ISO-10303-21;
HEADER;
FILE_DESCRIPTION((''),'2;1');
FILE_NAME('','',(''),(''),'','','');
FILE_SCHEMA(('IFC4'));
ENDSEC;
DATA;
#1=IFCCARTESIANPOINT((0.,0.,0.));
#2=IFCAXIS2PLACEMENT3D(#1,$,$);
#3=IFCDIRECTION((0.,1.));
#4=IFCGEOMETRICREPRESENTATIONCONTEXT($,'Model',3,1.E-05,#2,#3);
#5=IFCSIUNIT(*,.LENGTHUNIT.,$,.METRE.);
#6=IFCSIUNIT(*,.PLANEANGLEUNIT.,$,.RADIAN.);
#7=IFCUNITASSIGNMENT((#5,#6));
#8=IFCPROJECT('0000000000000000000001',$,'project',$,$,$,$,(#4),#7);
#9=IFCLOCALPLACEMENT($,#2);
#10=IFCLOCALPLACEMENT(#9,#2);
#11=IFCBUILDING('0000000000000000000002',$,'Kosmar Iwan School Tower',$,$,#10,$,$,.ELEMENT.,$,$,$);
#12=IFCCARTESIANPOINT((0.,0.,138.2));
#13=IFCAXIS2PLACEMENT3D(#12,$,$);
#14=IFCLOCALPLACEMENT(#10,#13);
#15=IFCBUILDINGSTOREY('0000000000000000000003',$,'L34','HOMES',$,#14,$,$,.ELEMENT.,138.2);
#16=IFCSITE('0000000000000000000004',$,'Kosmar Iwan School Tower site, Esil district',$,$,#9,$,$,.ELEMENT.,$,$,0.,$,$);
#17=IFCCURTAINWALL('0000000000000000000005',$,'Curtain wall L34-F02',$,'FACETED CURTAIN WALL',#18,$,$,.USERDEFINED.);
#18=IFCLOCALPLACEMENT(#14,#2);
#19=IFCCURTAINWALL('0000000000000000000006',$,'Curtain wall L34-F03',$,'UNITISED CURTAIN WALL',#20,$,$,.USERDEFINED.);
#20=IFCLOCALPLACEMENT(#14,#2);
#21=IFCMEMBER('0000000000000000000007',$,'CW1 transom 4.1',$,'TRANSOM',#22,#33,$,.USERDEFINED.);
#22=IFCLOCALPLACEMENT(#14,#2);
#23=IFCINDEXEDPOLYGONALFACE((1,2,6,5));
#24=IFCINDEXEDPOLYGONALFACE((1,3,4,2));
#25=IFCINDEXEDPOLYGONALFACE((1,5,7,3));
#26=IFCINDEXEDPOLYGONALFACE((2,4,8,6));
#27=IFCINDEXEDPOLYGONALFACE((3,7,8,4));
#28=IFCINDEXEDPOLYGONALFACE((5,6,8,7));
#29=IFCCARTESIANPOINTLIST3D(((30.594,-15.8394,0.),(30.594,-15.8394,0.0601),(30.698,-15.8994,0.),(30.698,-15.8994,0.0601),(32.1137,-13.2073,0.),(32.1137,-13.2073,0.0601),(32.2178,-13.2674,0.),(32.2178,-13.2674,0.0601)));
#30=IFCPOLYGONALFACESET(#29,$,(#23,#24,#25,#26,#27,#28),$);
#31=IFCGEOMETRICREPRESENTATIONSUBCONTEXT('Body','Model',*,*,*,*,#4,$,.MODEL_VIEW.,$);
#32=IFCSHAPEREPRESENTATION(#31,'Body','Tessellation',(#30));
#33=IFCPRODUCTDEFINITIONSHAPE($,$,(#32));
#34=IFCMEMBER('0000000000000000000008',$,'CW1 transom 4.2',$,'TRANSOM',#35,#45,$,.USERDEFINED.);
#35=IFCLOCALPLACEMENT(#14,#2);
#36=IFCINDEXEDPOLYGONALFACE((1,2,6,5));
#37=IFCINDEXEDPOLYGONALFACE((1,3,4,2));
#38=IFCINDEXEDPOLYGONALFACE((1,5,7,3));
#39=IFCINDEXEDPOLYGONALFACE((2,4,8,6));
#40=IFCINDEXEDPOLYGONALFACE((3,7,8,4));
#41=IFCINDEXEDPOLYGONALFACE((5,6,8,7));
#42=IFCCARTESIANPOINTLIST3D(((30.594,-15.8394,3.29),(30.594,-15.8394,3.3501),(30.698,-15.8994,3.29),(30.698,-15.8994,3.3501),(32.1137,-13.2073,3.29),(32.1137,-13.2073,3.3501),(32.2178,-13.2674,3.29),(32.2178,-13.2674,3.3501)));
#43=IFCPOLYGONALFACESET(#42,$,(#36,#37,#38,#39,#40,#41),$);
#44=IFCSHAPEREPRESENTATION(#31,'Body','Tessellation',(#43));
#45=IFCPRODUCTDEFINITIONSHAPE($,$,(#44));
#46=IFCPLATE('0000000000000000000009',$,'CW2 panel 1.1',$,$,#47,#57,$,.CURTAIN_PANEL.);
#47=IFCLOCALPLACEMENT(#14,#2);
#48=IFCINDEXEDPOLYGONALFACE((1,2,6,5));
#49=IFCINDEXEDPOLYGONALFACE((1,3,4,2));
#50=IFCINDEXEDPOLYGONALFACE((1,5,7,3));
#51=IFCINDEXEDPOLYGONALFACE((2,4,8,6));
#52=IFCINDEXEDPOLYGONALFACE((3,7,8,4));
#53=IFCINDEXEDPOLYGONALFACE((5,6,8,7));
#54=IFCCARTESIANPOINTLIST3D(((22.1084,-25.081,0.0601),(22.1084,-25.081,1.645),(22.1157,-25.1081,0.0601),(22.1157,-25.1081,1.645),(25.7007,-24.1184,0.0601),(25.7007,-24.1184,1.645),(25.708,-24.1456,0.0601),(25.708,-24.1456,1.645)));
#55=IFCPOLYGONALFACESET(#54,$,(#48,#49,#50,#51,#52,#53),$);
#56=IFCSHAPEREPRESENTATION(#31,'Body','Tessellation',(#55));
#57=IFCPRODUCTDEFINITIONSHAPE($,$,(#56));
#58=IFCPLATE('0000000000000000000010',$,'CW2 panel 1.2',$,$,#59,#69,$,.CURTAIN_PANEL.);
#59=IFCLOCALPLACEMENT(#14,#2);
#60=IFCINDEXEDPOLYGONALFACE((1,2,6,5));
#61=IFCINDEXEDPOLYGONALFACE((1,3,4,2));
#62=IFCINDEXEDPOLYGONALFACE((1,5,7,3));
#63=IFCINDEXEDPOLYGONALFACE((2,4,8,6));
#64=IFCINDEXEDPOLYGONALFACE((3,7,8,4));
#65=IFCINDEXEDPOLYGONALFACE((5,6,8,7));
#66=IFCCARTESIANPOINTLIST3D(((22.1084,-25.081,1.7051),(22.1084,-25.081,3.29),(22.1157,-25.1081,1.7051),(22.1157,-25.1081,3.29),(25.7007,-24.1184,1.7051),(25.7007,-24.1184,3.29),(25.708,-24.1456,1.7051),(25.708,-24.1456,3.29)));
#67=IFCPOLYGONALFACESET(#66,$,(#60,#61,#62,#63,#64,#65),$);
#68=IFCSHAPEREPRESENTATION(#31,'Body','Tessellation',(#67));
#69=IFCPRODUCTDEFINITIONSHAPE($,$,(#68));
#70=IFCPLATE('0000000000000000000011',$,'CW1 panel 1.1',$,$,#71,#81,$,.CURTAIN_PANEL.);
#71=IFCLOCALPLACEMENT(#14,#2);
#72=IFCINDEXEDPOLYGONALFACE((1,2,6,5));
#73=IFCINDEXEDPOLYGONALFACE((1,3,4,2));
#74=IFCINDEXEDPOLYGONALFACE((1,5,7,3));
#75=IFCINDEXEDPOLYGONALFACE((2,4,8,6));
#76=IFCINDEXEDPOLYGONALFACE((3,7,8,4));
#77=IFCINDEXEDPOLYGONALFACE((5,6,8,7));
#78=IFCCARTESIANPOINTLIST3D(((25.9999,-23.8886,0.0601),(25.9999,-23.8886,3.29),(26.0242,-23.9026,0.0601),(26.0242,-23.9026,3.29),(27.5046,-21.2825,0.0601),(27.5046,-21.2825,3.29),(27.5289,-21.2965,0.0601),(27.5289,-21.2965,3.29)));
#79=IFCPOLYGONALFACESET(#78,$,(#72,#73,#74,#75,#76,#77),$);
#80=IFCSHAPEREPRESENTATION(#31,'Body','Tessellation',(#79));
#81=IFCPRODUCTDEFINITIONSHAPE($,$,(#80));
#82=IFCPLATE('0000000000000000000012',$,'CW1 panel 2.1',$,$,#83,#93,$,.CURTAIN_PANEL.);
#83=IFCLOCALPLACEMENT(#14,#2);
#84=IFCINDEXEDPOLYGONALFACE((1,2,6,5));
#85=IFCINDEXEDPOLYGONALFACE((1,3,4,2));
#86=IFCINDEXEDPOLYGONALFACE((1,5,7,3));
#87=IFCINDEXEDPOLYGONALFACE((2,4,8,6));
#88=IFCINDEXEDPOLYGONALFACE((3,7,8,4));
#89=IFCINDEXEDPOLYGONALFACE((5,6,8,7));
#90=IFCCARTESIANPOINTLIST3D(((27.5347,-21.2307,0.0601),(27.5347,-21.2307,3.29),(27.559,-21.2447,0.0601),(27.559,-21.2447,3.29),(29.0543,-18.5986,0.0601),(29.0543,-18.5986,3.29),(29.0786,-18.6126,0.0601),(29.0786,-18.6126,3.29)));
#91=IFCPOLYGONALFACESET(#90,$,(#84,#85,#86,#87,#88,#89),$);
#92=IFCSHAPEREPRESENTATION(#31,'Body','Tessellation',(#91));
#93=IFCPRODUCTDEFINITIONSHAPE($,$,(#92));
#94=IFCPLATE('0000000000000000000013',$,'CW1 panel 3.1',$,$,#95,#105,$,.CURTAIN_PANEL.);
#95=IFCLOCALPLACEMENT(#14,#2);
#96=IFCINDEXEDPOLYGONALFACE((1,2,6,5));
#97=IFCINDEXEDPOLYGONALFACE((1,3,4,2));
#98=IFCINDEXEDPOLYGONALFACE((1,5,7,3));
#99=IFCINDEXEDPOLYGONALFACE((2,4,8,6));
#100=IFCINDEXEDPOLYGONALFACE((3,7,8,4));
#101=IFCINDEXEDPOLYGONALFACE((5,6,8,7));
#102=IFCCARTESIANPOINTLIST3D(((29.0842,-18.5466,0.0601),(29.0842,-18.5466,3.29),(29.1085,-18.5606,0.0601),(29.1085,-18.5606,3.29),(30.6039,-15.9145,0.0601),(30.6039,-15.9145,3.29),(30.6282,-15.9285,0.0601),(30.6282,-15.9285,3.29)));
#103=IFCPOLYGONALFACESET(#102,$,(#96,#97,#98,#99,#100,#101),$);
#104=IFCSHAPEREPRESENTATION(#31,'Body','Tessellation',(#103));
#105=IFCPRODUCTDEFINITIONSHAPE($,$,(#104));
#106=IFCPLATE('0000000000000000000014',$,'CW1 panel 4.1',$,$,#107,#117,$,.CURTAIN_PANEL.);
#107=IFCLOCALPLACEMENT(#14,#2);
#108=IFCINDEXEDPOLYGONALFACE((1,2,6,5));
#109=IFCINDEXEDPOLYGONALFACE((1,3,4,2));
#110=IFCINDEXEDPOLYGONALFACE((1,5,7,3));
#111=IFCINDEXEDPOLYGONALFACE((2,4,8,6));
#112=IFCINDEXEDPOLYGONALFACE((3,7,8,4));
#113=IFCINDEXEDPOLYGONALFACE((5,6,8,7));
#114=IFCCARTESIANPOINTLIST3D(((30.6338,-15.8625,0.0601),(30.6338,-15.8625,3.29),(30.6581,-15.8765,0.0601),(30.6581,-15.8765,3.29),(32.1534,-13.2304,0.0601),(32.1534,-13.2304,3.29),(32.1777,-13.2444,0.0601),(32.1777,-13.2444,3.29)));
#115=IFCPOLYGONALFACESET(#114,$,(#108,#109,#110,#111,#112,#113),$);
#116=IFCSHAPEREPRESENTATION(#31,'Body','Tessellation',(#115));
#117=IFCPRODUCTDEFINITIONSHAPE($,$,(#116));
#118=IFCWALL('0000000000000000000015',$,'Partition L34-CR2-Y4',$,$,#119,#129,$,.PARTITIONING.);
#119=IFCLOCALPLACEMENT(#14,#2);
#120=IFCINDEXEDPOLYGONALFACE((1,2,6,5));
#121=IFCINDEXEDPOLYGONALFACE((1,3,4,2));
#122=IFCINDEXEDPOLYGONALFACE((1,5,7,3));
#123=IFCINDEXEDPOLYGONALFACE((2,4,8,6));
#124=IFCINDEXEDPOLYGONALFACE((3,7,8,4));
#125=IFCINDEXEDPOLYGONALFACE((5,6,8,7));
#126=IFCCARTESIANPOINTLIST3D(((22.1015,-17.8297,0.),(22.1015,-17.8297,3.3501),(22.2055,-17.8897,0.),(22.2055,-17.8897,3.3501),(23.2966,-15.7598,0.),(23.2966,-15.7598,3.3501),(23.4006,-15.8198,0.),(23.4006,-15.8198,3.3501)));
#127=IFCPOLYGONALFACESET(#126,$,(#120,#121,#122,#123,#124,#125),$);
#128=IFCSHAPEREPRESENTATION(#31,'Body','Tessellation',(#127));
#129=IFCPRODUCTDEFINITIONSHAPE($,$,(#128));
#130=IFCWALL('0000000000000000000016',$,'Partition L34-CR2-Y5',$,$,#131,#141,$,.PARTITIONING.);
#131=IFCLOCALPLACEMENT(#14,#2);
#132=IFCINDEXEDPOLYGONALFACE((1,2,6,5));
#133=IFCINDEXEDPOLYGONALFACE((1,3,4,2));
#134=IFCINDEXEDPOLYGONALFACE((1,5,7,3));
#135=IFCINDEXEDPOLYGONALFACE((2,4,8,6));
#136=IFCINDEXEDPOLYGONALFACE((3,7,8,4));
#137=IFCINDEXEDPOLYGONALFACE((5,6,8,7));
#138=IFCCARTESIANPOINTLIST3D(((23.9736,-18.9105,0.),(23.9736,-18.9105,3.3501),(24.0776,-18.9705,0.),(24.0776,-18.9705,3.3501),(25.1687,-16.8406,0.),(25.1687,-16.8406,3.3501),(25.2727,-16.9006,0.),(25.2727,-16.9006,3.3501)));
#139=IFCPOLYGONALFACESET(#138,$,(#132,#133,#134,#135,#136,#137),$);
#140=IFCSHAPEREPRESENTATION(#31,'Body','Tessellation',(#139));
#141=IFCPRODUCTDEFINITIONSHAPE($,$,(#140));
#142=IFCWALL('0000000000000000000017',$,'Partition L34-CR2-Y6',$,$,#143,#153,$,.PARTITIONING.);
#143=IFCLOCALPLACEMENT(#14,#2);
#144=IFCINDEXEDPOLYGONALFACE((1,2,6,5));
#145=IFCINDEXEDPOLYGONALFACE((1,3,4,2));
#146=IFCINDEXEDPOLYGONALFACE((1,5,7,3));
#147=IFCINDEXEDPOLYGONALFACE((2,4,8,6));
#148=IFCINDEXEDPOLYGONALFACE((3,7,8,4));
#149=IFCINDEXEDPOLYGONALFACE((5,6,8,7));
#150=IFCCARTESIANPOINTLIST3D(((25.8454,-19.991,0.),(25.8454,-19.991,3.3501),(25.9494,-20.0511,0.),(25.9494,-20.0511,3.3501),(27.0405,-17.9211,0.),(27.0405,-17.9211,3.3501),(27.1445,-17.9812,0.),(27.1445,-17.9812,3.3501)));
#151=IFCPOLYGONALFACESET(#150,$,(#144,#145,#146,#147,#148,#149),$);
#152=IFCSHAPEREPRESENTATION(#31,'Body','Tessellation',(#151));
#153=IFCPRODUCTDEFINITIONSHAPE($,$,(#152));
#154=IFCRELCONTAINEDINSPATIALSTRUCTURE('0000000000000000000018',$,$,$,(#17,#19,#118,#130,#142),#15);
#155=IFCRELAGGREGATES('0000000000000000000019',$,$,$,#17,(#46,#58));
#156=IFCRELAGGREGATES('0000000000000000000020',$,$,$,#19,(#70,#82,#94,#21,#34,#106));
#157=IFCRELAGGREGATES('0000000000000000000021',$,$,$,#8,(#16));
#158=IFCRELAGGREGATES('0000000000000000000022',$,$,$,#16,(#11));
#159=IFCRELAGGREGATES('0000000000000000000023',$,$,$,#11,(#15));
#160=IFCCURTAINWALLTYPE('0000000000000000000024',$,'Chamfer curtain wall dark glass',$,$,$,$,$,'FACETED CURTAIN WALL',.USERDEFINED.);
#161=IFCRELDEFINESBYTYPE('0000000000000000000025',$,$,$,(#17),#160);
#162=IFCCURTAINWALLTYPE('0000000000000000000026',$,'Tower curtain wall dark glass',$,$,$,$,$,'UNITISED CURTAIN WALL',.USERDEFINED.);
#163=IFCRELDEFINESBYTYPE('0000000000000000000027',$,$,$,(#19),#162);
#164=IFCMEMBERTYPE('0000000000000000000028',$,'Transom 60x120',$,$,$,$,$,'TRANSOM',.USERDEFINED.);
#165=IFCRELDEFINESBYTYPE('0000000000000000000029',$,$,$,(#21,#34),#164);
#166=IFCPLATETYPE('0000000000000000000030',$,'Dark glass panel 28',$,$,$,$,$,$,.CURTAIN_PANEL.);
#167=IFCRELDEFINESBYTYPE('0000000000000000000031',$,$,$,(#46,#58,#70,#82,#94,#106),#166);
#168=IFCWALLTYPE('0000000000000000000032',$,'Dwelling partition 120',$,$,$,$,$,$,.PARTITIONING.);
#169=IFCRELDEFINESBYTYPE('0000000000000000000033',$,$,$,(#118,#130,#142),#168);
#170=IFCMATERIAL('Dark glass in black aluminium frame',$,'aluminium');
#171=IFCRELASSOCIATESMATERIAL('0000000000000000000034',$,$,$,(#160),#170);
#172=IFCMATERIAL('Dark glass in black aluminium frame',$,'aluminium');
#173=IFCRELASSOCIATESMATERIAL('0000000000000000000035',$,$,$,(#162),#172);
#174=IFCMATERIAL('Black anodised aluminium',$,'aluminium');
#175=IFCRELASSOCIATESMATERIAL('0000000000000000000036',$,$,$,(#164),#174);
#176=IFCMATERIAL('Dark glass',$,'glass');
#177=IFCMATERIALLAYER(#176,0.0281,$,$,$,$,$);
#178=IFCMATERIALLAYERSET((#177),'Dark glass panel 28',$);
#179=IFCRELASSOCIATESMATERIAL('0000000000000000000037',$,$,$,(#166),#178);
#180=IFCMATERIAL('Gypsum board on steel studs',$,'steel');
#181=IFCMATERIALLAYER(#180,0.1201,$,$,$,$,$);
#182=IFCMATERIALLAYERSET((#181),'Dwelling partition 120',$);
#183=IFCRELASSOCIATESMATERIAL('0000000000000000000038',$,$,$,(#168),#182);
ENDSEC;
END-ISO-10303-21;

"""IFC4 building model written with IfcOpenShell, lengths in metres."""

from ifc_helpers import new_model, si_unit, direction, frame, frame_2d, origin, origin_2d, place, context, subcontext, project, spatial, rectangle, extrude, material, layer, layer_set, material_profile, profile_set, type_object, element, aggregate, save


model = new_model("IFC4")

# Units and contexts
model_context = context("Model", 3, precision=1e-05, world=origin(), true_north=direction((0.0, 1.0)))
body_context = subcontext(model_context, "Body", "Model", "MODEL_VIEW")
ifc_project = project(units=[si_unit("LENGTHUNIT", "METRE"), si_unit("PLANEANGLEUNIT", "RADIAN")], contexts=[model_context])

# Site, building, storey
site_placement = place(None, origin())
site = spatial("IfcSite", under=ifc_project, at=site_placement, Name="Kosmar Iwan School Tower site, Esil district", CompositionType="ELEMENT", RefElevation=0.0)
building_placement = place(site_placement, origin())
building = spatial("IfcBuilding", under=site, at=building_placement, Name="Kosmar Iwan School Tower", CompositionType="ELEMENT")
storey_placement = place(building_placement, frame((0.0, 0.0, 138.2)))
storey = spatial("IfcBuildingStorey", under=building, at=storey_placement, Name="L34", Description="HOMES", CompositionType="ELEMENT", Elevation=138.2)

# Curtain wall
ifc_material_1 = material(Name="Dark glass in black aluminium frame", Category="aluminium")
curtain_wall_type_1 = type_object("IfcCurtainWallType", Name="Chamfer curtain wall dark glass", ElementType="FACETED CURTAIN WALL", PredefinedType="USERDEFINED", material=ifc_material_1)
curtain_wall_1_placement = place(storey_placement, origin())
curtain_wall_1 = element("IfcCurtainWall", 1, at=curtain_wall_1_placement, inside=storey, type_object=curtain_wall_type_1, Name="Curtain wall L34-F02", ObjectType="FACETED CURTAIN WALL", PredefinedType="USERDEFINED")

# Curtain wall
ifc_material_2 = material(Name="Dark glass in black aluminium frame", Category="aluminium")
curtain_wall_type_2 = type_object("IfcCurtainWallType", Name="Tower curtain wall dark glass", ElementType="UNITISED CURTAIN WALL", PredefinedType="USERDEFINED", material=ifc_material_2)
curtain_wall_2_placement = place(storey_placement, origin())
curtain_wall_2 = element("IfcCurtainWall", 2, at=curtain_wall_2_placement, inside=storey, type_object=curtain_wall_type_2, Name="Curtain wall L34-F03", ObjectType="UNITISED CURTAIN WALL", PredefinedType="USERDEFINED")

# Members
ifc_material_3 = material(Name="Black anodised aluminium", Category="aluminium")
ifc_material_profile_1 = material_profile(ifc_material_3, rectangle(XDim=0.1201, YDim=0.0601, at=origin_2d()), Name="TRANSOM 60x120")
ifc_profile_set_1 = profile_set([ifc_material_profile_1], Name="Black anodised aluminium")
member_type_1 = type_object("IfcMemberType", Name="Transom 60x120", ElementType="TRANSOM", PredefinedType="USERDEFINED", material=ifc_profile_set_1)
member_1_placement = place(storey_placement, frame((30.646, -15.8694, 0.03), z_axis=(0.500035, 0.866005, 0.0), x_axis=(-0.866005, 0.500035, 0.0)))
member_1 = element("IfcMember", 3, at=member_1_placement, type_object=member_type_1, Name="CW1 transom 4.1", ObjectType="TRANSOM", PredefinedType="USERDEFINED", context=body_context, shape_type="SweptSolid", body=[
    extrude(rectangle(XDim=0.1201, YDim=0.0601, at=origin_2d()), origin(), (0.0, 0.0, 1.0), 3.0393),
])
member_2_placement = place(storey_placement, frame((30.646, -15.8694, 3.3201), z_axis=(0.500035, 0.866005, 0.0), x_axis=(-0.866005, 0.500035, 0.0)))
member_2 = element("IfcMember", 4, at=member_2_placement, type_object=member_type_1, Name="CW1 transom 4.2", ObjectType="TRANSOM", PredefinedType="USERDEFINED", context=body_context, shape_type="SweptSolid", body=[
    extrude(rectangle(XDim=0.1201, YDim=0.0601, at=origin_2d()), origin(), (0.0, 0.0, 1.0), 3.0393),
])

# Plates
ifc_material_4 = material(Name="Dark glass", Category="glass")
ifc_layer_1 = layer(ifc_material_4, 0.0281)
ifc_layer_set_1 = layer_set([ifc_layer_1], Name="Dark glass panel 28")
plate_type = type_object("IfcPlateType", Name="Dark glass panel 28", PredefinedType="CURTAIN_PANEL", material=ifc_layer_set_1)
plate_1_placement = place(storey_placement, frame((23.9082, -24.6133, 0.0601), z_axis=(0.0, 0.0, 1.0), x_axis=(0.965926, 0.258819, 0.0)))
plate_1 = element("IfcPlate", 5, at=plate_1_placement, type_object=plate_type, Name="CW2 panel 1.1", PredefinedType="CURTAIN_PANEL", context=body_context, shape_type="SweptSolid", body=[
    extrude(rectangle(XDim=3.719, YDim=0.0281, at=origin_2d()), origin(), (0.0, 0.0, 1.0), 1.585),
])
plate_2_placement = place(storey_placement, frame((23.9082, -24.6133, 1.7051), z_axis=(0.0, 0.0, 1.0), x_axis=(0.965926, 0.258819, 0.0)))
plate_2 = element("IfcPlate", 6, at=plate_2_placement, type_object=plate_type, Name="CW2 panel 1.2", PredefinedType="CURTAIN_PANEL", context=body_context, shape_type="SweptSolid", body=[
    extrude(rectangle(XDim=3.719, YDim=0.0281, at=origin_2d()), origin(), (0.0, 0.0, 1.0), 1.585),
])
aggregate(curtain_wall_1, [plate_1, plate_2])
plate_3_placement = place(storey_placement, frame((26.7644, -22.5925, 0.0601), z_axis=(0.0, 0.0, 1.0), x_axis=(0.5, 0.866025, 0.0)))
plate_3 = element("IfcPlate", 7, at=plate_3_placement, type_object=plate_type, Name="CW1 panel 1.1", PredefinedType="CURTAIN_PANEL", context=body_context, shape_type="SweptSolid", body=[
    extrude(rectangle(XDim=3.0093, YDim=0.0281, at=origin_2d()), origin(), (0.0, 0.0, 1.0), 3.23),
])
plate_4_placement = place(storey_placement, frame((28.3066, -19.9216, 0.0601), z_axis=(0.0, 0.0, 1.0), x_axis=(0.5, 0.866025, 0.0)))
plate_4 = element("IfcPlate", 8, at=plate_4_placement, type_object=plate_type, Name="CW1 panel 2.1", PredefinedType="CURTAIN_PANEL", context=body_context, shape_type="SweptSolid", body=[
    extrude(rectangle(XDim=3.0393, YDim=0.0281, at=origin_2d()), origin(), (0.0, 0.0, 1.0), 3.23),
])
plate_5_placement = place(storey_placement, frame((29.8562, -17.2375, 0.0601), z_axis=(0.0, 0.0, 1.0), x_axis=(0.5, 0.866025, 0.0)))
plate_5 = element("IfcPlate", 9, at=plate_5_placement, type_object=plate_type, Name="CW1 panel 3.1", PredefinedType="CURTAIN_PANEL", context=body_context, shape_type="SweptSolid", body=[
    extrude(rectangle(XDim=3.0393, YDim=0.0281, at=origin_2d()), origin(), (0.0, 0.0, 1.0), 3.23),
])
plate_6_placement = place(storey_placement, frame((31.4058, -14.5535, 0.0601), z_axis=(0.0, 0.0, 1.0), x_axis=(0.5, 0.866025, 0.0)))
plate_6 = element("IfcPlate", 10, at=plate_6_placement, type_object=plate_type, Name="CW1 panel 4.1", PredefinedType="CURTAIN_PANEL", context=body_context, shape_type="SweptSolid", body=[
    extrude(rectangle(XDim=3.0393, YDim=0.0281, at=origin_2d()), origin(), (0.0, 0.0, 1.0), 3.23),
])
aggregate(curtain_wall_2, [plate_3, plate_4, plate_5, member_1, member_2, plate_6])

# Walls
ifc_material_5 = material(Name="Gypsum board on steel studs", Category="steel")
ifc_layer_2 = layer(ifc_material_5, 0.1201)
ifc_layer_set_2 = layer_set([ifc_layer_2], Name="Dwelling partition 120")
wall_type = type_object("IfcWallType", Name="Dwelling partition 120", PredefinedType="PARTITIONING", material=ifc_layer_set_2)
for number, where, z_axis, x_axis, name in (
    (11, (23.3486, -15.7898, 0.0), (0.0, 0.0, 1.0), (-0.500017, -0.866015, 0.0), "Partition L34-CR2-Y4"),
    (12, (25.2207, -16.8706, 0.0), (0.0, 0.0, 1.0), (-0.500017, -0.866015, 0.0), "Partition L34-CR2-Y5"),
    (13, (27.0925, -17.9512, 0.0), (0.0, 0.0, 1.0), (-0.500017, -0.866015, 0.0), "Partition L34-CR2-Y6"),
):
    element("IfcWall", number, at=place(storey_placement, frame(where, z_axis=z_axis, x_axis=x_axis)), inside=storey, type_object=wall_type, Name=name, PredefinedType="PARTITIONING", context=body_context, shape_type="SweptSolid", body=[
        extrude(rectangle(XDim=2.3901, YDim=0.1201, at=frame_2d((1.1951, 0.0))), origin(), (0.0, 0.0, 1.0), 3.3501),
    ])

save(model, "model.ifc")
